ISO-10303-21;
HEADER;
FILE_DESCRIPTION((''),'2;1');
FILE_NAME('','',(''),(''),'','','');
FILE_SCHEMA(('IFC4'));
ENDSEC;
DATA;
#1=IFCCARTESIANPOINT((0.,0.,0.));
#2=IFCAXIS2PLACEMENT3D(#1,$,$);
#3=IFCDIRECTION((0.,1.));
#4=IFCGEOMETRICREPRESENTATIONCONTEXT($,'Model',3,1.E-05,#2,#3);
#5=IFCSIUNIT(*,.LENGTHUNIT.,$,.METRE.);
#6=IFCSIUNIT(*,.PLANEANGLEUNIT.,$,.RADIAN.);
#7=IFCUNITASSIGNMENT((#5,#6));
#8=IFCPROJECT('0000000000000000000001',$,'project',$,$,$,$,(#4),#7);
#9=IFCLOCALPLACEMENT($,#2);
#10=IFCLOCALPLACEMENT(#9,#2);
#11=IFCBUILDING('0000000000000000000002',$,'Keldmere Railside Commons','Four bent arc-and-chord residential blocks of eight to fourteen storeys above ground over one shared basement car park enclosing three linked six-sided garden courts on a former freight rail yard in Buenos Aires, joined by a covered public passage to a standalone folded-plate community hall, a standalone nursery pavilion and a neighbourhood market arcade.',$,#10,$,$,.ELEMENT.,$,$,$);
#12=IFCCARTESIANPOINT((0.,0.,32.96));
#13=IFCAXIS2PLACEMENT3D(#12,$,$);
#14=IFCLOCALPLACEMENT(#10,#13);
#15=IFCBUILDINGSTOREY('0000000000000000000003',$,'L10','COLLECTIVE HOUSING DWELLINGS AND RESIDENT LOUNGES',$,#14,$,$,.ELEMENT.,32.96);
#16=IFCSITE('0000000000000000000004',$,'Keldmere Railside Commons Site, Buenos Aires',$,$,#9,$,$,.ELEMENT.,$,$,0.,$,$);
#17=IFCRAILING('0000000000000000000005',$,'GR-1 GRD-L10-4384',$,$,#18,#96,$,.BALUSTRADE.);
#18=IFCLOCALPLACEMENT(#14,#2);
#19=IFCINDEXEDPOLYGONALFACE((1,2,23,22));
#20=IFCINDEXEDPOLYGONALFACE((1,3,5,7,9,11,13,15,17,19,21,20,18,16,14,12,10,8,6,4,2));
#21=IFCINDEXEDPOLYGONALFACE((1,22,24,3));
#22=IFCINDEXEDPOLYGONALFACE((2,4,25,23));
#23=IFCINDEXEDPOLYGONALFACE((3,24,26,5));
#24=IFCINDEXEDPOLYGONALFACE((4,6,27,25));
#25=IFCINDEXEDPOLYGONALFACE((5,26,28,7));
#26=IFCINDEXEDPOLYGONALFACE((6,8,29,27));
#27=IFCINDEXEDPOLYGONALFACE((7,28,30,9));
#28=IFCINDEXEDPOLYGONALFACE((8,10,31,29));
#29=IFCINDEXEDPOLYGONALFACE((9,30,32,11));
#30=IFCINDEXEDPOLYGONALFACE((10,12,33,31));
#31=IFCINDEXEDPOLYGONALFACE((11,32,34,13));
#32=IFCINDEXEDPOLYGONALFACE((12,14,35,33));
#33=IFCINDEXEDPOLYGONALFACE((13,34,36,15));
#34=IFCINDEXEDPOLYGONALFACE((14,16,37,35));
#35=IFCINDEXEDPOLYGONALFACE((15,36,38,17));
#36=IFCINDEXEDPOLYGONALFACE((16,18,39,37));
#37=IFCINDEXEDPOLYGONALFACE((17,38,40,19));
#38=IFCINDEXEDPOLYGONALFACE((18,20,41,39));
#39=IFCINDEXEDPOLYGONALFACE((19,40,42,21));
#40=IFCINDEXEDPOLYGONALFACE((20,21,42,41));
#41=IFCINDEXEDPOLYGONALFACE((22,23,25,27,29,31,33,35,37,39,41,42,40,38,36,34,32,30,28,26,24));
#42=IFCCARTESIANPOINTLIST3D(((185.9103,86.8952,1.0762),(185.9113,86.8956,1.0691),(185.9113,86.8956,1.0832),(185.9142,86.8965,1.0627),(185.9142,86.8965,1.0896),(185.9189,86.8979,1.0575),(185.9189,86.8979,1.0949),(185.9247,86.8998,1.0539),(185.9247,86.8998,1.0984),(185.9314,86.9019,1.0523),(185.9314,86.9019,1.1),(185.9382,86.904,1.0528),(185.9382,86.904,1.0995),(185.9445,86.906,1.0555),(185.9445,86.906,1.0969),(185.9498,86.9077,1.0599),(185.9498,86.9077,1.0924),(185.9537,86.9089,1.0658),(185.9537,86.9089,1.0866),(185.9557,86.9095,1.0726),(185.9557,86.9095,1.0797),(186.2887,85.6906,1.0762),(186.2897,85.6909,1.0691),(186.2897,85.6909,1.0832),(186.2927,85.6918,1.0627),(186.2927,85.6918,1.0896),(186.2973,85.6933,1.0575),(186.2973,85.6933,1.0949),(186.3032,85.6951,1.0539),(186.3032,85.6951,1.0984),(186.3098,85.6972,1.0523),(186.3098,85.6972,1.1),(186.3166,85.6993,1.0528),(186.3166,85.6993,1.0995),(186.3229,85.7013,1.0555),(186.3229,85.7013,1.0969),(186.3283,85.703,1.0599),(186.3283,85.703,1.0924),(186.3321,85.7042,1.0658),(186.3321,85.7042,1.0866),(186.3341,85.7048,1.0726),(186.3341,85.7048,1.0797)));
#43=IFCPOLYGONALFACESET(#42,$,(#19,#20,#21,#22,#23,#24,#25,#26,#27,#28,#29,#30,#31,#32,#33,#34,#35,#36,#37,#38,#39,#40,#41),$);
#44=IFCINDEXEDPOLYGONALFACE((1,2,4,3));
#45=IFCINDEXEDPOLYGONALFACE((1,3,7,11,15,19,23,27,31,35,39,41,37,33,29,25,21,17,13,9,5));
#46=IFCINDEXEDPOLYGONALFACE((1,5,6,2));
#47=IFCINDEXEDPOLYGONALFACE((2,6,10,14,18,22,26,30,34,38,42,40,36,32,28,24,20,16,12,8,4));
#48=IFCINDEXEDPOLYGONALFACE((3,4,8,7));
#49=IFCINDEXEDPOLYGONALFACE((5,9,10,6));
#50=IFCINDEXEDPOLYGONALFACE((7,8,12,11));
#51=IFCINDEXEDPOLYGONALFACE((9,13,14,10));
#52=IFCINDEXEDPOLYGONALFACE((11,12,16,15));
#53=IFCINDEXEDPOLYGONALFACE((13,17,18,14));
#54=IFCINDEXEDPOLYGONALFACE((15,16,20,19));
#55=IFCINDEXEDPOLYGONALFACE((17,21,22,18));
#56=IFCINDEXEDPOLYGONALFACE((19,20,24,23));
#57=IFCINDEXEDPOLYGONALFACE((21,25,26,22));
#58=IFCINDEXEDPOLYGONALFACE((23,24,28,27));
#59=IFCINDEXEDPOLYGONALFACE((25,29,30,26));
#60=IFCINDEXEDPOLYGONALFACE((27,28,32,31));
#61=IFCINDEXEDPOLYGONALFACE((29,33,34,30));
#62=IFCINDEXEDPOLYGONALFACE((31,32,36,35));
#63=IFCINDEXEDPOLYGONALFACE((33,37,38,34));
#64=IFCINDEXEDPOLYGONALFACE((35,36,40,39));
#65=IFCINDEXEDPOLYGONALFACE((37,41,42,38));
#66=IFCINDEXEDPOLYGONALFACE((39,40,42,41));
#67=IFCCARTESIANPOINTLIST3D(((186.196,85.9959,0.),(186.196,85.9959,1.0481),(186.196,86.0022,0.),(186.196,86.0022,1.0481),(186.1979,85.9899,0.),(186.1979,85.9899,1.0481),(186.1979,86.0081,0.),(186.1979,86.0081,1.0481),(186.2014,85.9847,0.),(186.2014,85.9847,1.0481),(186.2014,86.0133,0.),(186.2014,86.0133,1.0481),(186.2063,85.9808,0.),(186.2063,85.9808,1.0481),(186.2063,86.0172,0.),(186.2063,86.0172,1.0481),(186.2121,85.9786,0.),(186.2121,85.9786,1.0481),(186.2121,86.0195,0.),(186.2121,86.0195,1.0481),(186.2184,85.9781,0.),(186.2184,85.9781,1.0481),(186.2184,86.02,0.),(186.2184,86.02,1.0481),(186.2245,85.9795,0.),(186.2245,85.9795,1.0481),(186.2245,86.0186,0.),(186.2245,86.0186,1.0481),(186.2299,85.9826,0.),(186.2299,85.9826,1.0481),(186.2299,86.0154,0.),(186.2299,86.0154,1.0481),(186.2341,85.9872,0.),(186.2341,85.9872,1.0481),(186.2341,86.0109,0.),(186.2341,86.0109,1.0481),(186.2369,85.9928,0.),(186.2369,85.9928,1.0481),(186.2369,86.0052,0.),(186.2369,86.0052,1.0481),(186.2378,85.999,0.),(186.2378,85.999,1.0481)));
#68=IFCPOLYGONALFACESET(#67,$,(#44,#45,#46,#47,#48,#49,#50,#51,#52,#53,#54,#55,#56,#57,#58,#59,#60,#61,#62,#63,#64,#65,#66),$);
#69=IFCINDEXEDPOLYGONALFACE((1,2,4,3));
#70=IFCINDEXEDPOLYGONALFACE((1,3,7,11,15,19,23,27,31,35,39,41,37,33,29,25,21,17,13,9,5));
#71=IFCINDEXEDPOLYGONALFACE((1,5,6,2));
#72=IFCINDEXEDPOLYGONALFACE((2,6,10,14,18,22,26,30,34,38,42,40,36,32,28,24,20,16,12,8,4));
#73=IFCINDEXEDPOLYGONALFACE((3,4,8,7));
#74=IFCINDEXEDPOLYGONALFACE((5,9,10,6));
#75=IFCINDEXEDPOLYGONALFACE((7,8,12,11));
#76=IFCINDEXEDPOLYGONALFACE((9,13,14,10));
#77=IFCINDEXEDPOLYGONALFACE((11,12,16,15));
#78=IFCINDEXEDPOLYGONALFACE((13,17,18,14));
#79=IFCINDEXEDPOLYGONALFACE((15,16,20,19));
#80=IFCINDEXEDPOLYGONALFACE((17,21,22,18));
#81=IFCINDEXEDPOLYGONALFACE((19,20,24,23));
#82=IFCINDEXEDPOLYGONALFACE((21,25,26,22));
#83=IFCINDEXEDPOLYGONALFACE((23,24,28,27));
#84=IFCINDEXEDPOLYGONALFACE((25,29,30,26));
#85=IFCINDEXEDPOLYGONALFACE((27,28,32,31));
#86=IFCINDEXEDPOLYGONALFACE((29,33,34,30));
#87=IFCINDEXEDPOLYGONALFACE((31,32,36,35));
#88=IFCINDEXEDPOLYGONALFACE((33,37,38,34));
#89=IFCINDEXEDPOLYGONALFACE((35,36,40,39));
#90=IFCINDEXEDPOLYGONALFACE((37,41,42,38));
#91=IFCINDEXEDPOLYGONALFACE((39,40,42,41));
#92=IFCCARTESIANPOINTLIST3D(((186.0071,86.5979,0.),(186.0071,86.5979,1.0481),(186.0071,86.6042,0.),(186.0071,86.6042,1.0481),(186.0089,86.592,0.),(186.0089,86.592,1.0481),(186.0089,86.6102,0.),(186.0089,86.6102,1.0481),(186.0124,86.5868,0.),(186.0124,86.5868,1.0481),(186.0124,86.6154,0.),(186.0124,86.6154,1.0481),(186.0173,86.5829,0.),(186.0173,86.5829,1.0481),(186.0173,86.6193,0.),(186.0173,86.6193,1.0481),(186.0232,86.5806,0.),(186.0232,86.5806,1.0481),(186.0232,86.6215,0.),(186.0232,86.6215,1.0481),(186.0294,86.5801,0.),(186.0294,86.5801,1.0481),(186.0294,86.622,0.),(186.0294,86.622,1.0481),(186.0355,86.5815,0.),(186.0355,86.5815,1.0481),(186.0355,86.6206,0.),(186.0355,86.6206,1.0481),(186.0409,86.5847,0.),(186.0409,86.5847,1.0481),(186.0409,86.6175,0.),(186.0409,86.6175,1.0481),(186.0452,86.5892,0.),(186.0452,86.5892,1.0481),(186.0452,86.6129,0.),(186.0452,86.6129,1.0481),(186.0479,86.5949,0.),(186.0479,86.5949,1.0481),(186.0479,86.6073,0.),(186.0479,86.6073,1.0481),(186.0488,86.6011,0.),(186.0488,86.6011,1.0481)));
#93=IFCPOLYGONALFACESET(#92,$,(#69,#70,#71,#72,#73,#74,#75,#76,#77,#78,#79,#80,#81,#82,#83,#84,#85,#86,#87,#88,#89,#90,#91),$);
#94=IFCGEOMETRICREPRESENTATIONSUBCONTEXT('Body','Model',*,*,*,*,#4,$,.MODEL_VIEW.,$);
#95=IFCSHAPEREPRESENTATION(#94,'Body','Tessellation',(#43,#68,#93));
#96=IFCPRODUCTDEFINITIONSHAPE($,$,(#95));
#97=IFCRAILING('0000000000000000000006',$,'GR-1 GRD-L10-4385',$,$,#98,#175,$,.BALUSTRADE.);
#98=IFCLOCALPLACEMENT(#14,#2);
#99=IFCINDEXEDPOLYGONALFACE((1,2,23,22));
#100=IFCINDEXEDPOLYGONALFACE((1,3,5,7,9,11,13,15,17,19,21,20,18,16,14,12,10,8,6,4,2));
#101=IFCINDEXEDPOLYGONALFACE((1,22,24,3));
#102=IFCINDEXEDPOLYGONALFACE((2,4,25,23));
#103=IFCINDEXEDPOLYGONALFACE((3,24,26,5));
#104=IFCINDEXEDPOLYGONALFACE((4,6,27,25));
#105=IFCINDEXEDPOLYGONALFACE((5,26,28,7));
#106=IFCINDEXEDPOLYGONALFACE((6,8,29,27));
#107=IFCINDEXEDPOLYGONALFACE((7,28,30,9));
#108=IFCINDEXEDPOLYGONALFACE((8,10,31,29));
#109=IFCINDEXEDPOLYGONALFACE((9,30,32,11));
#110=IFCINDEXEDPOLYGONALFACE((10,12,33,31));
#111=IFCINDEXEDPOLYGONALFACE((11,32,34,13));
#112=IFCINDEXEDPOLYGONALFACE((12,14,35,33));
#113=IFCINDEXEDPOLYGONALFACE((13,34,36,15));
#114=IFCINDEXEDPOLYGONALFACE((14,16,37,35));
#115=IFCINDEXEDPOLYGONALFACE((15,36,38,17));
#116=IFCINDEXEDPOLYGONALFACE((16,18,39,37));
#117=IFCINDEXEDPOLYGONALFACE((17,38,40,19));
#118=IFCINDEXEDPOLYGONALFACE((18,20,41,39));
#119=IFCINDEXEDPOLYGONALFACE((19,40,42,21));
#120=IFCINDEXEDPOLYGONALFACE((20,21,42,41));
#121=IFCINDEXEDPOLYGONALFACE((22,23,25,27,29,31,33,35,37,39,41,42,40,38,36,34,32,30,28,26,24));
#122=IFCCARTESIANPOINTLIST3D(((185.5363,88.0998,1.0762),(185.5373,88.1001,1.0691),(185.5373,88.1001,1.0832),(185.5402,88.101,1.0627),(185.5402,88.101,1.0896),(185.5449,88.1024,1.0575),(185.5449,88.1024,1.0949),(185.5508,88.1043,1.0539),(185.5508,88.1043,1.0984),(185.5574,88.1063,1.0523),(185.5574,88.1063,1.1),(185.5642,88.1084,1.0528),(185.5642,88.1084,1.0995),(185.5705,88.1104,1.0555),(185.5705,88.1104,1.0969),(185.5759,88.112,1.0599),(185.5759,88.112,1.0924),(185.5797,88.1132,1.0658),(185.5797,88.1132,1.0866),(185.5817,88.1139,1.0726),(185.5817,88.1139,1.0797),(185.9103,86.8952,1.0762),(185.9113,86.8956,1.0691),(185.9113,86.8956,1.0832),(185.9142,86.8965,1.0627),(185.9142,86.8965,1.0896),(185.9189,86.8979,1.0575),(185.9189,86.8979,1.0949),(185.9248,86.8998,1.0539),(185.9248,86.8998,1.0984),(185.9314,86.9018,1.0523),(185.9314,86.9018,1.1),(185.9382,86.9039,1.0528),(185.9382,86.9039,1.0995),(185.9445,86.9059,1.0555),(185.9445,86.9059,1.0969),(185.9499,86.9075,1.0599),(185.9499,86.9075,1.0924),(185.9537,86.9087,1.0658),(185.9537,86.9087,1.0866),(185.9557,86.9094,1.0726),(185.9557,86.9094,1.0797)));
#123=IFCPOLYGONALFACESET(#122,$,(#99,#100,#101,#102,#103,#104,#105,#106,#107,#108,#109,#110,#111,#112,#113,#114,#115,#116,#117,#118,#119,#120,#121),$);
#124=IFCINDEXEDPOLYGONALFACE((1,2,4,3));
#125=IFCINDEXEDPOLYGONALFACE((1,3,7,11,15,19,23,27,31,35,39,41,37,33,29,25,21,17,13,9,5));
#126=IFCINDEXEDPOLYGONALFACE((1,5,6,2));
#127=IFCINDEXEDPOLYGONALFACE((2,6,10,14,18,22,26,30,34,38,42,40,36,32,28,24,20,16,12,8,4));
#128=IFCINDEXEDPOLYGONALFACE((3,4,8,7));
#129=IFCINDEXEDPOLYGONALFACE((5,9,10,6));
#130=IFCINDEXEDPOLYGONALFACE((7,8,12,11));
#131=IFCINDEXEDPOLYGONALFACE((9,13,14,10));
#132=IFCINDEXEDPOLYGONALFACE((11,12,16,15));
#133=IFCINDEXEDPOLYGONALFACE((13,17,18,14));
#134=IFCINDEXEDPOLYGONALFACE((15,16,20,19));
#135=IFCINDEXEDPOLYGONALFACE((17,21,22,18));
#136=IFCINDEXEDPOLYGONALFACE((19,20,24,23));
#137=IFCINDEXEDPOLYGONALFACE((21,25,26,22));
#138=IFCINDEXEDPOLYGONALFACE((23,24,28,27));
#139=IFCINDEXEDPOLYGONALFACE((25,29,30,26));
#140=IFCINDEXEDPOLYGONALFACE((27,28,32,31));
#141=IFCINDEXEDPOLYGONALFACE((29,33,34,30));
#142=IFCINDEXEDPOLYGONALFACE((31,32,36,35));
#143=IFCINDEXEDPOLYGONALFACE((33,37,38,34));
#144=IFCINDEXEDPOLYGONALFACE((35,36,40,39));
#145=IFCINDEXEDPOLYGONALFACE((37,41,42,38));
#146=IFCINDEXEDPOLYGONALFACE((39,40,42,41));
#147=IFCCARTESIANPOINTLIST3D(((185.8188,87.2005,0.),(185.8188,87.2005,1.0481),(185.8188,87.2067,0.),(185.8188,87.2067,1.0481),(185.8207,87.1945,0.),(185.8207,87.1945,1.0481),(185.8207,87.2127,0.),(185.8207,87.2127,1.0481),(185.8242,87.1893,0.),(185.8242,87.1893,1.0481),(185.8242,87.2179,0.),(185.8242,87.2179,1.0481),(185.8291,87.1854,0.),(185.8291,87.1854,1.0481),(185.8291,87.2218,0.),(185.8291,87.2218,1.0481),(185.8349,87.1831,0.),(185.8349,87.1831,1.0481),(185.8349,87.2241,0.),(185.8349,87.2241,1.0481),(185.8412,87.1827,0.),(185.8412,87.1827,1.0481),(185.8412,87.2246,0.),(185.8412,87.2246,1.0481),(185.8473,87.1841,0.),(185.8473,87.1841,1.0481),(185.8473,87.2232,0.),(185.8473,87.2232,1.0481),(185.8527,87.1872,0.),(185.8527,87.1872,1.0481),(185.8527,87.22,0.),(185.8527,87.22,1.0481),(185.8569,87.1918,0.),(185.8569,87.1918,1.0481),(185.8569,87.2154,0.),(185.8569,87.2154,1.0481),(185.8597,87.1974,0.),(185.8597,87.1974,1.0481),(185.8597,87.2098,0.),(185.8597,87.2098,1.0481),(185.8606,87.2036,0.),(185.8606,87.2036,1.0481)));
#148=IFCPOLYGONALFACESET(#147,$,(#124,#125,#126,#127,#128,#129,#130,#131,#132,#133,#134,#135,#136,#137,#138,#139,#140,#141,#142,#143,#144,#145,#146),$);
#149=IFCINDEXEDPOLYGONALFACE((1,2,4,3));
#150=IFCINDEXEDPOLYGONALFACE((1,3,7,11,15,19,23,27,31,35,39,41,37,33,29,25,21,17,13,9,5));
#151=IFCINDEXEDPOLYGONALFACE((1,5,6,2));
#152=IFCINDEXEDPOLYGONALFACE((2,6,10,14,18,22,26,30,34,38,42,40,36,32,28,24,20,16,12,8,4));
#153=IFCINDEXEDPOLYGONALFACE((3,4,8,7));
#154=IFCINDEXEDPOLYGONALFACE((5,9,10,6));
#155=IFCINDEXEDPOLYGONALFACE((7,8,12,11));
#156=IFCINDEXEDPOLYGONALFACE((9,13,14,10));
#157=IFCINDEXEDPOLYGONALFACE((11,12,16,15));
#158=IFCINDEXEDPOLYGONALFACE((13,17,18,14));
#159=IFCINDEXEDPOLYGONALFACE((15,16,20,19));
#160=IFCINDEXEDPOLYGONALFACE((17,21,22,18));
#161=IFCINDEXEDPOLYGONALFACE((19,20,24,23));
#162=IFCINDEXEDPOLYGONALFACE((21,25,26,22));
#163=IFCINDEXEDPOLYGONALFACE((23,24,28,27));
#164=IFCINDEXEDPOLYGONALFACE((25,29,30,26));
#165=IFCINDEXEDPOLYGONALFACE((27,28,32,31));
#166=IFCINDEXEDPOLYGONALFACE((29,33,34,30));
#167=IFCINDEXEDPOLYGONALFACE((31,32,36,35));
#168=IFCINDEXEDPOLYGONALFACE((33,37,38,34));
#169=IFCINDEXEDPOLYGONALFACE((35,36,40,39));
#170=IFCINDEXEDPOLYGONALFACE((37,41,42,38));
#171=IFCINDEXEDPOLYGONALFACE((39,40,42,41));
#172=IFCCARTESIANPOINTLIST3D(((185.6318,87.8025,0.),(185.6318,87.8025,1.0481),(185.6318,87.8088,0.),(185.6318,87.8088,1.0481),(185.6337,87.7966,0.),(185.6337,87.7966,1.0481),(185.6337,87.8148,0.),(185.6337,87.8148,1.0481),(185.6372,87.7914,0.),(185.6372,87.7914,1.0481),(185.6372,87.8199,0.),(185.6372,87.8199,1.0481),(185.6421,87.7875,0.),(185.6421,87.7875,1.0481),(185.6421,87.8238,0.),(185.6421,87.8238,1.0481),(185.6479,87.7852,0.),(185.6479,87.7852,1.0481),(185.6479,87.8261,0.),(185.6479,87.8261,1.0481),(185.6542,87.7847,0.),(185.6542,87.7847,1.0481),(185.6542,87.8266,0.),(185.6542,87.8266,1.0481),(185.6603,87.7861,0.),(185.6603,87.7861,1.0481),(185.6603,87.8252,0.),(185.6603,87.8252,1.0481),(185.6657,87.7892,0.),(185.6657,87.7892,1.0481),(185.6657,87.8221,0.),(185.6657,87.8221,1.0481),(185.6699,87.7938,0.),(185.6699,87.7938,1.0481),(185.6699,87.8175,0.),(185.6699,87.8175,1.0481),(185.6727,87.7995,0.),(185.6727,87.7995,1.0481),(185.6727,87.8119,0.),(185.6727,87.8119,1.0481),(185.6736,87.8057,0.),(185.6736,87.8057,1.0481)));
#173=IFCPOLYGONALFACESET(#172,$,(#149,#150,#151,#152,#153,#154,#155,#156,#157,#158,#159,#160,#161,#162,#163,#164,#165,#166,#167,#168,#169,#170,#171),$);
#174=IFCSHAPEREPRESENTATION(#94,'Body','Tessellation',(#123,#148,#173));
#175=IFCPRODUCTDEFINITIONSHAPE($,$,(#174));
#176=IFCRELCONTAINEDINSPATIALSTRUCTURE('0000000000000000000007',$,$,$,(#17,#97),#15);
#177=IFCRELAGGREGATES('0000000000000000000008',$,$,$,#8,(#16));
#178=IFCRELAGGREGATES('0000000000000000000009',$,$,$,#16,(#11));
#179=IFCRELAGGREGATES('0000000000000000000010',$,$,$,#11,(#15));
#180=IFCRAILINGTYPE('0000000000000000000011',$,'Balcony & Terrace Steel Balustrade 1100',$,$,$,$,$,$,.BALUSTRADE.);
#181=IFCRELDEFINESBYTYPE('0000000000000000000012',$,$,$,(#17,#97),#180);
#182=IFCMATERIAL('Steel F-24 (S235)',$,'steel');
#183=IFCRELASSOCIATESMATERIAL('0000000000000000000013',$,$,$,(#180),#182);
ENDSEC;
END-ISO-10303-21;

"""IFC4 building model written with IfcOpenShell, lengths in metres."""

from ifc_helpers import new_model, si_unit, direction, frame, origin, origin_2d, place, context, subcontext, project, spatial, circle, extrude, material, type_object, element, save


model = new_model("IFC4")

# Units and contexts
model_context = context("Model", 3, precision=1e-05, world=origin(), true_north=direction((0.0, 1.0)))
body_context = subcontext(model_context, "Body", "Model", "MODEL_VIEW")
ifc_project = project(units=[si_unit("LENGTHUNIT", "METRE"), si_unit("PLANEANGLEUNIT", "RADIAN")], contexts=[model_context])

# Site, building, storey
site_placement = place(None, origin())
site = spatial("IfcSite", under=ifc_project, at=site_placement, Name="Keldmere Railside Commons Site, Buenos Aires", CompositionType="ELEMENT", RefElevation=0.0)
building_placement = place(site_placement, origin())
building = spatial("IfcBuilding", under=site, at=building_placement, Name="Keldmere Railside Commons", Description="Four bent arc-and-chord residential blocks of eight to fourteen storeys above ground over one shared basement car park enclosing three linked six-sided garden courts on a former freight rail yard in Buenos Aires, joined by a covered public passage to a standalone folded-plate community hall, a standalone nursery pavilion and a neighbourhood market arcade.", CompositionType="ELEMENT")
storey_placement = place(building_placement, frame((0.0, 0.0, 32.96)))
storey = spatial("IfcBuildingStorey", under=building, at=storey_placement, Name="L10", Description="COLLECTIVE HOUSING DWELLINGS AND RESIDENT LOUNGES", CompositionType="ELEMENT", Elevation=32.96)

# Railings
ifc_material_1 = material(Name="Steel F-24 (S235)", Category="steel")
railing_type = type_object("IfcRailingType", Name="Balcony & Terrace Steel Balustrade 1100", PredefinedType="BALUSTRADE", material=ifc_material_1)
railing_1_placement = place(storey_placement, frame((186.3115, 85.6978, 0.0)))
element("IfcRailing", 1, at=railing_1_placement, inside=storey, type_object=railing_type, Name="GR-1 GRD-L10-4384", PredefinedType="BALUSTRADE", context=body_context, shape_type="SweptSolid", body=[
    extrude(circle(Radius=0.0239, at=origin_2d()), frame((0.0, 0.0, 1.0762), z_axis=(-0.299706, 0.954032, 0.0), x_axis=(-0.954032, -0.299706, 0.0)), (0.0, 0.0, 1.0), 1.2627),
    extrude(circle(Radius=0.021, at=origin_2d()), frame((-0.0947, 0.3013, 0.0)), (0.0, 0.0, 1.0), 1.0481),
    extrude(circle(Radius=0.021, at=origin_2d()), frame((-0.2837, 0.9033, 0.0)), (0.0, 0.0, 1.0), 1.0481),
])
railing_2_placement = place(storey_placement, frame((185.9331, 86.9023, 0.0)))
element("IfcRailing", 2, at=railing_2_placement, inside=storey, type_object=railing_type, Name="GR-1 GRD-L10-4385", PredefinedType="BALUSTRADE", context=body_context, shape_type="SweptSolid", body=[
    extrude(circle(Radius=0.0239, at=origin_2d()), frame((0.0, 0.0, 1.0762), z_axis=(-0.296533, 0.955023, 0.0), x_axis=(-0.955023, -0.296533, 0.0)), (0.0, 0.0, 1.0), 1.2612),
    extrude(circle(Radius=0.021, at=origin_2d()), frame((-0.0935, 0.3013, 0.0)), (0.0, 0.0, 1.0), 1.0481),
    extrude(circle(Radius=0.021, at=origin_2d()), frame((-0.2805, 0.9033, 0.0)), (0.0, 0.0, 1.0), 1.0481),
])

save(model, "model.ifc")
